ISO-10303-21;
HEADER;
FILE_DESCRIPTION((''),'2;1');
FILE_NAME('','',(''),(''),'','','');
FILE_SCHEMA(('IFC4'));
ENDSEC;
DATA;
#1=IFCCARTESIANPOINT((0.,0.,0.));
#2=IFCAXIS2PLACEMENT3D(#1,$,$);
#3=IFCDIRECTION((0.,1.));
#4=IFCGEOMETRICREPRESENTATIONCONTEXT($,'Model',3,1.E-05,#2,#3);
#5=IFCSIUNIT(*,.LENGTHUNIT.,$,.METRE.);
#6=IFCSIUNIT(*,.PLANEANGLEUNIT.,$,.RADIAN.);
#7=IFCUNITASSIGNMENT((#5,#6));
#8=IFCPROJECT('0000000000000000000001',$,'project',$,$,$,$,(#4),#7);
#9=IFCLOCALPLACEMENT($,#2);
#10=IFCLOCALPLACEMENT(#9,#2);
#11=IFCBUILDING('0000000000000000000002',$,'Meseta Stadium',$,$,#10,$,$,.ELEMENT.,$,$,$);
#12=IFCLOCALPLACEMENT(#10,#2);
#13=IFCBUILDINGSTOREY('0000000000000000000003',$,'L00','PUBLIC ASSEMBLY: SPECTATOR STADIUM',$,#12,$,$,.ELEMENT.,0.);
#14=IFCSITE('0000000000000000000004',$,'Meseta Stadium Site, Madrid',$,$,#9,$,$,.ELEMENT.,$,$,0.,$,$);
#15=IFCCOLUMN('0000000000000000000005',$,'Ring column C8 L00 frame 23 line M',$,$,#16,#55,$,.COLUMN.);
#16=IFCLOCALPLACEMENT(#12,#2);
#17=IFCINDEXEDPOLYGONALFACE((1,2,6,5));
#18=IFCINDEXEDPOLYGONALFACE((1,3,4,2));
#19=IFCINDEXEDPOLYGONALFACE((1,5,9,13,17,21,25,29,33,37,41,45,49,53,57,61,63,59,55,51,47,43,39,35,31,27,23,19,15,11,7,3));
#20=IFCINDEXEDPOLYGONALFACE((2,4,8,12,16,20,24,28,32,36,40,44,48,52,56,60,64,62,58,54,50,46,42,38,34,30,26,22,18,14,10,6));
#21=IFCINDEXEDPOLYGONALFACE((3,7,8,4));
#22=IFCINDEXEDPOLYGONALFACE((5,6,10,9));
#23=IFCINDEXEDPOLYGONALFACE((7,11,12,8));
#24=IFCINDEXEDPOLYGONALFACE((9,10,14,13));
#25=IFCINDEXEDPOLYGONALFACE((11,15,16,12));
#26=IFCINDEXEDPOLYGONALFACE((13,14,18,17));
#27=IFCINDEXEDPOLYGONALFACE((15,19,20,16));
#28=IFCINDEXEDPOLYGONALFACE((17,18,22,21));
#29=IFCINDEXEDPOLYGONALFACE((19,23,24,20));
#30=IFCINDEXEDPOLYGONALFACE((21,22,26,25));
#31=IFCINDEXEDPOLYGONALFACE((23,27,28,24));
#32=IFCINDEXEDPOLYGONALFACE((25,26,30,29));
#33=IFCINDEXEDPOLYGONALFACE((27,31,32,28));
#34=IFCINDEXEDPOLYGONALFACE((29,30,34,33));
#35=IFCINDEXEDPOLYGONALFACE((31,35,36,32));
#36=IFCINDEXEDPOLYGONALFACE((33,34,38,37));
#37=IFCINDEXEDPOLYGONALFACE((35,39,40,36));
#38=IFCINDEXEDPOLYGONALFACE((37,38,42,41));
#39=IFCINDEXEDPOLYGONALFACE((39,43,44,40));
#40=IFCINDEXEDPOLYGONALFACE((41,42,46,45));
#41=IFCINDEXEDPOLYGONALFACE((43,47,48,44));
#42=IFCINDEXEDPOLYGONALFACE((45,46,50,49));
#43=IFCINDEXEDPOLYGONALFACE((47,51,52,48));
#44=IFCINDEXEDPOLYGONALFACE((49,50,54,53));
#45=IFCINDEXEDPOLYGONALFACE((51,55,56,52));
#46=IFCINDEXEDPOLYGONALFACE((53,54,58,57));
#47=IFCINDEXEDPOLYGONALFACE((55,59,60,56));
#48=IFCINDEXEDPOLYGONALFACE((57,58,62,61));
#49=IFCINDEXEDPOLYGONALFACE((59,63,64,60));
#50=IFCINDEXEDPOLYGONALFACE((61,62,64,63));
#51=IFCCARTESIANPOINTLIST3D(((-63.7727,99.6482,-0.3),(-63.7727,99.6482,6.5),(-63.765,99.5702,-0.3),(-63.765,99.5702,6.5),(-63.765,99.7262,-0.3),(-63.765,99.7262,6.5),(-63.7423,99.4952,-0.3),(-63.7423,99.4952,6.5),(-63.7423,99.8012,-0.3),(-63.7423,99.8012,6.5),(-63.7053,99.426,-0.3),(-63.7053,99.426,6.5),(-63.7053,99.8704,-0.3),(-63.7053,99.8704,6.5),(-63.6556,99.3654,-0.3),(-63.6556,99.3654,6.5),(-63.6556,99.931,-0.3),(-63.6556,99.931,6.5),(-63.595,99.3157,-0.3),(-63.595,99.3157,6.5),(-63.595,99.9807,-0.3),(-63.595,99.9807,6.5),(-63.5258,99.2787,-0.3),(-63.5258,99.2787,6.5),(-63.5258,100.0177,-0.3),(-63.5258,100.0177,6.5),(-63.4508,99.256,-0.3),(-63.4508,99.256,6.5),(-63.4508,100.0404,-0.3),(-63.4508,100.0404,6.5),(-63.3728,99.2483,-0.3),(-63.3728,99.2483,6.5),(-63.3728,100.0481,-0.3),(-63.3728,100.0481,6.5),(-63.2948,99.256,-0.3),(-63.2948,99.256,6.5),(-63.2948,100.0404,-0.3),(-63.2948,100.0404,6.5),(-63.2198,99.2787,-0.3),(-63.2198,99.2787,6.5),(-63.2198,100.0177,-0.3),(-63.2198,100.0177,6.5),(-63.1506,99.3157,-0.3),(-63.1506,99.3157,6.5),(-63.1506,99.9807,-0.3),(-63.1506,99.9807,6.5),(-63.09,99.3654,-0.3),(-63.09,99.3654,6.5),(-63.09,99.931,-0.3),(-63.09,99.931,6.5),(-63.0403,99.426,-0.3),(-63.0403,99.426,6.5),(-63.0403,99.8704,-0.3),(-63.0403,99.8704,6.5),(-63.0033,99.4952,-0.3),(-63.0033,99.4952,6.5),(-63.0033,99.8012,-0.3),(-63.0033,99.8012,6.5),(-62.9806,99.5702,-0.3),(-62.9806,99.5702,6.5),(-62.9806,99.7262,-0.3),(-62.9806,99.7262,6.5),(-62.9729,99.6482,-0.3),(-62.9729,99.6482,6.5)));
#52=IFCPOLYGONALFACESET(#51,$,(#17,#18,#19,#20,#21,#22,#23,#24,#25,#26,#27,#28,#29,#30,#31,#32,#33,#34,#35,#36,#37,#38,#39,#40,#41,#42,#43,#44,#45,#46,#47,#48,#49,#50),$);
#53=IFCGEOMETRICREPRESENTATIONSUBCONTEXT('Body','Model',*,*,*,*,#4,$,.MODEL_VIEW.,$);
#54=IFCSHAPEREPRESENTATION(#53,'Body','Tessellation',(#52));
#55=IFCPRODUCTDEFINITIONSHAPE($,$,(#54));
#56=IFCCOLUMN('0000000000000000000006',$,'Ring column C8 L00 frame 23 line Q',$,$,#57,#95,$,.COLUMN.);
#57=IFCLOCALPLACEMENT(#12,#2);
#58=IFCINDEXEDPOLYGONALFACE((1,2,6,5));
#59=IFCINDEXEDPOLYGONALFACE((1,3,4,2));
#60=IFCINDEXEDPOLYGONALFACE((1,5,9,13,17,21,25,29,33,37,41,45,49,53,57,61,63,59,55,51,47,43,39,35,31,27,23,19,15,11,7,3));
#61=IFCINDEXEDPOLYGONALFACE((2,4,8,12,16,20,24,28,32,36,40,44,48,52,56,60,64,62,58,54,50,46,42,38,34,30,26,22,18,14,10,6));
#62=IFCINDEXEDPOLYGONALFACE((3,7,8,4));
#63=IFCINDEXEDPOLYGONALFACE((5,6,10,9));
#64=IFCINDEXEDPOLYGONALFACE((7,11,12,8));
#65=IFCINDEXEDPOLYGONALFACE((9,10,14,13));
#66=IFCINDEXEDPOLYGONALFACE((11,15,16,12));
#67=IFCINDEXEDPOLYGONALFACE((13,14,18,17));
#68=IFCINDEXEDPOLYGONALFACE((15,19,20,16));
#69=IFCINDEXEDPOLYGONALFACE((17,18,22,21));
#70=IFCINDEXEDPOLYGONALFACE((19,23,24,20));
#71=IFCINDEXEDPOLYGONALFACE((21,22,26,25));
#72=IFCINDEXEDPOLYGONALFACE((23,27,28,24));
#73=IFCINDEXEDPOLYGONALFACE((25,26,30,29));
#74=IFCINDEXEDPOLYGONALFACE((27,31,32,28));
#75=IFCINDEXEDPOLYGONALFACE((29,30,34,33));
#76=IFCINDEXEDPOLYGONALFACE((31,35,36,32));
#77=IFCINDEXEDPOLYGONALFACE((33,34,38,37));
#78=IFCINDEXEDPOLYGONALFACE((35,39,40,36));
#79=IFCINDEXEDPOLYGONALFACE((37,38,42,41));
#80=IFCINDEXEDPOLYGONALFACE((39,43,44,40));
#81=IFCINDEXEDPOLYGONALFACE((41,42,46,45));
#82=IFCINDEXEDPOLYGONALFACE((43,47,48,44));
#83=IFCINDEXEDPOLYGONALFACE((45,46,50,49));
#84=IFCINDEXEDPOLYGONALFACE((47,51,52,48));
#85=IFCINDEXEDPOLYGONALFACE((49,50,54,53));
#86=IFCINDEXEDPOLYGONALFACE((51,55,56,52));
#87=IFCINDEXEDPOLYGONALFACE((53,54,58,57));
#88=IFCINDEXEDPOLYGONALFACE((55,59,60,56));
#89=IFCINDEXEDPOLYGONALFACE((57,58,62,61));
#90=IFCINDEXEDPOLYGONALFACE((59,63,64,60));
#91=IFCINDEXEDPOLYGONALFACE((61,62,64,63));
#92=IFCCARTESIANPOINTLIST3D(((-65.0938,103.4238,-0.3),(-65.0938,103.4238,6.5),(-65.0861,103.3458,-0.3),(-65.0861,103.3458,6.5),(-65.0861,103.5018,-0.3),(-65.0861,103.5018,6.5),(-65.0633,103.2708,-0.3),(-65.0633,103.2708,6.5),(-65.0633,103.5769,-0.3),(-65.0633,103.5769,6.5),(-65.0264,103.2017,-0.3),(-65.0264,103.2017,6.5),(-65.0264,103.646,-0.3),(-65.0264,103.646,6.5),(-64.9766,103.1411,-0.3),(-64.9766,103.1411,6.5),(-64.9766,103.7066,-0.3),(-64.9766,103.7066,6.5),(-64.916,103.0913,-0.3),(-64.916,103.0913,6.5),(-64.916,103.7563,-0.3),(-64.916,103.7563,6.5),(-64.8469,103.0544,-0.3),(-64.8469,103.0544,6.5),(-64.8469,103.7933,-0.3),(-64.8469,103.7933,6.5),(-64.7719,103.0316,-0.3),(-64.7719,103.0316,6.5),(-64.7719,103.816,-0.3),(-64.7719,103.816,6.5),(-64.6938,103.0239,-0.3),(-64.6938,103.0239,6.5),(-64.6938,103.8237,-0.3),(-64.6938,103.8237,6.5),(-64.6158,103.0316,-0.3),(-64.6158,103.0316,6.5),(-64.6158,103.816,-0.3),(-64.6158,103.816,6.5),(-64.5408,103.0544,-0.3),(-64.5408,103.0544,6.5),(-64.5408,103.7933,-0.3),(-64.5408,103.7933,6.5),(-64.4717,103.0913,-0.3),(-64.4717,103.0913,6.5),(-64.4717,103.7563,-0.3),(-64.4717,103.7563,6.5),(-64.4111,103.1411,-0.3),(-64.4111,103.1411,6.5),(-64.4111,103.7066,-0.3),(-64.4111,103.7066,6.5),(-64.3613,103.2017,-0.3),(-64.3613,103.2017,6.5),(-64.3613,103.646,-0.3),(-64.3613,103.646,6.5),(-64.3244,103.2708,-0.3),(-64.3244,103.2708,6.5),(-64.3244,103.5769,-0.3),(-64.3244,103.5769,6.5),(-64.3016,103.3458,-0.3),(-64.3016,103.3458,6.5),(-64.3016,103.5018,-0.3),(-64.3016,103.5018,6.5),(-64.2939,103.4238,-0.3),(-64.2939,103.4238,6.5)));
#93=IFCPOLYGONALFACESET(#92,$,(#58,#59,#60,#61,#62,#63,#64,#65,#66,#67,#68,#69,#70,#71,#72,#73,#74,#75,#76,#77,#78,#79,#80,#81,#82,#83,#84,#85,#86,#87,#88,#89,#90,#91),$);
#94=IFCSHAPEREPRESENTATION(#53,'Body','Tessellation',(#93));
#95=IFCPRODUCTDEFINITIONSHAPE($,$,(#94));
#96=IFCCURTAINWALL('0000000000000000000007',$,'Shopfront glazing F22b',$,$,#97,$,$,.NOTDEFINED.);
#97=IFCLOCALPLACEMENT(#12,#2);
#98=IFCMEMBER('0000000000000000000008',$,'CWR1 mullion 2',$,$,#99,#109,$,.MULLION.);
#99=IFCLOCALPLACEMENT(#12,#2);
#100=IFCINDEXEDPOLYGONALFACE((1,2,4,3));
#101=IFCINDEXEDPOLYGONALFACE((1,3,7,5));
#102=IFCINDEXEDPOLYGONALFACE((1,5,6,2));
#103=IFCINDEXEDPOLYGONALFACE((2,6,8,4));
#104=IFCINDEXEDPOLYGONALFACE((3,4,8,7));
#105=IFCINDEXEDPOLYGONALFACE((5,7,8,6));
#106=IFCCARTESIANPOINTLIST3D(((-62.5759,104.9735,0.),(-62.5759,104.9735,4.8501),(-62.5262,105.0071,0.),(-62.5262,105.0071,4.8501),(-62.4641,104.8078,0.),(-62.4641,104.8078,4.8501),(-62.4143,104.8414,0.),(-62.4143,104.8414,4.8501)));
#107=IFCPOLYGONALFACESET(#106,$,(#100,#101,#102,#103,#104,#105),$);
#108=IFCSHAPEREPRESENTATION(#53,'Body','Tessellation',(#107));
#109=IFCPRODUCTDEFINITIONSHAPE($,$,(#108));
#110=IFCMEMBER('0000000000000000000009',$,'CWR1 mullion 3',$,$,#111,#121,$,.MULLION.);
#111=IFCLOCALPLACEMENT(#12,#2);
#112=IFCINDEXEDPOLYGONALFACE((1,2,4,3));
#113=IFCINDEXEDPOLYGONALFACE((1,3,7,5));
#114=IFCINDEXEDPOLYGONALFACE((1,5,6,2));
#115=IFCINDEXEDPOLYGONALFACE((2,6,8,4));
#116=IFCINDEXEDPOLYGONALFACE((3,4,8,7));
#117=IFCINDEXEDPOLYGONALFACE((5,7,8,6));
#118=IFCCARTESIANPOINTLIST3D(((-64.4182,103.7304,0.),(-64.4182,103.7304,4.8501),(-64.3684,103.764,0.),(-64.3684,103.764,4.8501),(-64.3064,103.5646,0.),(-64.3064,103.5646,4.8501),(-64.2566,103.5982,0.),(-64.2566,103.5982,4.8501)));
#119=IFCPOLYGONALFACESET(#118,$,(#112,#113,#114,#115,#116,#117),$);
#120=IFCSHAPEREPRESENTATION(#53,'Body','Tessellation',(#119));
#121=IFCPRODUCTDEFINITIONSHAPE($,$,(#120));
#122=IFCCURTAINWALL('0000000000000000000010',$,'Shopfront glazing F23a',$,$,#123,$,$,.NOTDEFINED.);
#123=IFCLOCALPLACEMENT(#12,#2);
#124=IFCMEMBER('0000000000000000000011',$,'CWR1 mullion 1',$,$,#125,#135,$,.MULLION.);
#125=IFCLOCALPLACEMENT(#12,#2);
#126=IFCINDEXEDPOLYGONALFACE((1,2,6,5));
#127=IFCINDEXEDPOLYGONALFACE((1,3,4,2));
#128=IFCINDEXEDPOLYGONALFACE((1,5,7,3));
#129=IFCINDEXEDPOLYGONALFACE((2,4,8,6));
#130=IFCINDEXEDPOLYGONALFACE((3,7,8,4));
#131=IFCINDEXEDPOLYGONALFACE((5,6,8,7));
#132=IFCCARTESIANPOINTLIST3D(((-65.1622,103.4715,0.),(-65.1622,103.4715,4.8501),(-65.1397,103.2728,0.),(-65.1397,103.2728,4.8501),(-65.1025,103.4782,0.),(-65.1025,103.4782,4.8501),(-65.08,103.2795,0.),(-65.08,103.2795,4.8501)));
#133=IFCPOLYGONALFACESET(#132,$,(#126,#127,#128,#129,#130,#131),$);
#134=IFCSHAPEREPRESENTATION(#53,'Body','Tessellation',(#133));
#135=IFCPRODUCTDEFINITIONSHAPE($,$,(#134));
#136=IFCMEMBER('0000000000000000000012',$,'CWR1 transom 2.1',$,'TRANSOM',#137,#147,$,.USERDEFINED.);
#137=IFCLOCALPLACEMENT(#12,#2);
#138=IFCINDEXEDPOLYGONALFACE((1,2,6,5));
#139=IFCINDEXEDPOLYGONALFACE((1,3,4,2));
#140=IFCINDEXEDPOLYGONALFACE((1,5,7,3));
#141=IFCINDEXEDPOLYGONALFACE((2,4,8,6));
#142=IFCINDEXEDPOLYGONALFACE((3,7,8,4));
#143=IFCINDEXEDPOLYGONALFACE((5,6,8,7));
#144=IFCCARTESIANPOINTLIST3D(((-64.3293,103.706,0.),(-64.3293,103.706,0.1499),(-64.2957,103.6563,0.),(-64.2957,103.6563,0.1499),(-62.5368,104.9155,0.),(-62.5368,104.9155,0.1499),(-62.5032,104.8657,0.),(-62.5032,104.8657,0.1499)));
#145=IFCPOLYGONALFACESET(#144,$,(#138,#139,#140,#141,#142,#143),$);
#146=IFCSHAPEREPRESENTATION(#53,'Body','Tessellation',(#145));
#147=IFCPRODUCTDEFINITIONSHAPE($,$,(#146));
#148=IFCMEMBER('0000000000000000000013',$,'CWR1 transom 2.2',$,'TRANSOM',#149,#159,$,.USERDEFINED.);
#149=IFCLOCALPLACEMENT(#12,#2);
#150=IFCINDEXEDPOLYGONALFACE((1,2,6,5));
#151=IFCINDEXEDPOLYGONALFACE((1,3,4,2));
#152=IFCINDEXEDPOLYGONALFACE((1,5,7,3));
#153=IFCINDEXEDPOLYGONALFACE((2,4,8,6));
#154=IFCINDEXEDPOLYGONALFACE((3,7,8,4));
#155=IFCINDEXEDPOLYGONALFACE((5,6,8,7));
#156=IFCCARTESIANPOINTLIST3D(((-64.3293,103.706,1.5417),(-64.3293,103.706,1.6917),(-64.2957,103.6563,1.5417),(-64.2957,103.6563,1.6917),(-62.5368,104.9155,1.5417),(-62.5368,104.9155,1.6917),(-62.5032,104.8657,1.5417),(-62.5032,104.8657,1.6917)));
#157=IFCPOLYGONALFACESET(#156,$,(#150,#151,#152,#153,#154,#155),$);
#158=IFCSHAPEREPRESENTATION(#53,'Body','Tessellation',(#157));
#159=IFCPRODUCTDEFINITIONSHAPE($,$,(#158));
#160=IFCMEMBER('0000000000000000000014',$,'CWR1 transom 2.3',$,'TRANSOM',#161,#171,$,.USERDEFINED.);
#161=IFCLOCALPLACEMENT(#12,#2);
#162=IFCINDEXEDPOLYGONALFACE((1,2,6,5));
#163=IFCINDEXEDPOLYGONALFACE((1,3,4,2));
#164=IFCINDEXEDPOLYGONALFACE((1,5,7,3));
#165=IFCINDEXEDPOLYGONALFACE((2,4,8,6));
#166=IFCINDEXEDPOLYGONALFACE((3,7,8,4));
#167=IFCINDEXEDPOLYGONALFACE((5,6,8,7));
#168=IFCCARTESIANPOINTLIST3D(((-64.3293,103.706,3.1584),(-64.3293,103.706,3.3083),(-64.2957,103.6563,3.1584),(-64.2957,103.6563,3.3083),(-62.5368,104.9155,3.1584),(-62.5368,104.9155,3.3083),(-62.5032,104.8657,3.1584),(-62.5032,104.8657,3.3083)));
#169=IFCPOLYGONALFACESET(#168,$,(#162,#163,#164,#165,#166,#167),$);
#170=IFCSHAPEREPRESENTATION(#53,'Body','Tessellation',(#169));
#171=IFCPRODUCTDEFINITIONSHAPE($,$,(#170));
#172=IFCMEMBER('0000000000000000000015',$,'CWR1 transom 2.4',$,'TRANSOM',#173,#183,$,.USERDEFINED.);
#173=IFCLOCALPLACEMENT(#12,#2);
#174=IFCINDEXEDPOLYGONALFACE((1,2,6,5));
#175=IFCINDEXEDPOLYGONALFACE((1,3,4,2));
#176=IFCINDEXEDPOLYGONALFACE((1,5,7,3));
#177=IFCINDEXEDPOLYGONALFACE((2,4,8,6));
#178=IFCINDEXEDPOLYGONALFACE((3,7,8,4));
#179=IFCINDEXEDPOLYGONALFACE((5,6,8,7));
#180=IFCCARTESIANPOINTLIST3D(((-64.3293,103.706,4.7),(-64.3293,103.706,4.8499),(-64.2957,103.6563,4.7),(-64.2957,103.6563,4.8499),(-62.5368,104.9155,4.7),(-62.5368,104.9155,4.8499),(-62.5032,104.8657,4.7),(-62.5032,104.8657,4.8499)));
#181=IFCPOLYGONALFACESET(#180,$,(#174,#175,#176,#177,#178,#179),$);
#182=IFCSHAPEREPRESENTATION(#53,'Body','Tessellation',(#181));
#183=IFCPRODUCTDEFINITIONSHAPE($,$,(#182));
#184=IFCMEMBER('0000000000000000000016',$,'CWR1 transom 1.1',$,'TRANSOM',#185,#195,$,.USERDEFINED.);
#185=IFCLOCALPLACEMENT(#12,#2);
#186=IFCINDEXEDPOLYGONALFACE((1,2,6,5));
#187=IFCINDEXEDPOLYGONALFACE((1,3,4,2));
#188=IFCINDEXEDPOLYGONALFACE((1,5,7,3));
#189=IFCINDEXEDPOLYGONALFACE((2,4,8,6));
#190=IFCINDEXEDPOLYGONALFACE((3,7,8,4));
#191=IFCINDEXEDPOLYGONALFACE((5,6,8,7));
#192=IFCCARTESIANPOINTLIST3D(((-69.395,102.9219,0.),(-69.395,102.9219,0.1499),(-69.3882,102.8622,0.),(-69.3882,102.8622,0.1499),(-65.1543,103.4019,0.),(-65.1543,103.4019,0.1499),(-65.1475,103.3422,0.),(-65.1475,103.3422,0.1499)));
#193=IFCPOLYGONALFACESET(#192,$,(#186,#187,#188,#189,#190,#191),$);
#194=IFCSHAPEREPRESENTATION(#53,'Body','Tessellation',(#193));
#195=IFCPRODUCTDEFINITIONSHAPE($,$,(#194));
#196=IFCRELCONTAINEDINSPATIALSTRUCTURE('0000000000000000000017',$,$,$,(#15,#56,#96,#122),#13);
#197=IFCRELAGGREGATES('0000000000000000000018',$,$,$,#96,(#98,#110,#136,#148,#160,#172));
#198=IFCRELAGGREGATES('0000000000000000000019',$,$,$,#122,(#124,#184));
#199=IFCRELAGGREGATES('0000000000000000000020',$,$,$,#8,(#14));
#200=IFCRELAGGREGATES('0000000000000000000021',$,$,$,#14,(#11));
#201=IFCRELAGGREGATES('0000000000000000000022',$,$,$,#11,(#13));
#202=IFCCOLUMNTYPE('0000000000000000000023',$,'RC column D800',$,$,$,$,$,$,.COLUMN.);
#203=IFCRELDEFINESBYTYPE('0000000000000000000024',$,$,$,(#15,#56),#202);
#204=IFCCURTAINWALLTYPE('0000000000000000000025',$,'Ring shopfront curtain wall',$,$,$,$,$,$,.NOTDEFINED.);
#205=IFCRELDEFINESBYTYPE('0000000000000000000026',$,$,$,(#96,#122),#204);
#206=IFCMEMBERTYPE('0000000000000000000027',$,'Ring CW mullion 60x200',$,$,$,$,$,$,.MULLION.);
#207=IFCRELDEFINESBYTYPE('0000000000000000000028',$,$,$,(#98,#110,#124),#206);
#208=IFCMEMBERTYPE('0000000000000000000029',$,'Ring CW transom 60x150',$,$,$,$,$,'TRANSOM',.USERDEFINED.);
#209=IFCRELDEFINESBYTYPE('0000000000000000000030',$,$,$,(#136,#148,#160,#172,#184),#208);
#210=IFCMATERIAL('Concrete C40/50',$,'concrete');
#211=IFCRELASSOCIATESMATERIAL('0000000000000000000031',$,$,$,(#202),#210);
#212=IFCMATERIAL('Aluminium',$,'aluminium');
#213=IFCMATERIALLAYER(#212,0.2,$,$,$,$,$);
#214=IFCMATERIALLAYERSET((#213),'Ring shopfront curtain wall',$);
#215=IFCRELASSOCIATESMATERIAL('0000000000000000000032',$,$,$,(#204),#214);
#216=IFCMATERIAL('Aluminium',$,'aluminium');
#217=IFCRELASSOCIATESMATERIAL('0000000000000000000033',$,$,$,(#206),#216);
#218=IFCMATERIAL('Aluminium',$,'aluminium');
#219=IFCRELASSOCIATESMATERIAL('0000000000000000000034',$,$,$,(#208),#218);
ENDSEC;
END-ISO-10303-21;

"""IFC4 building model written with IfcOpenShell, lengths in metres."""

from ifc_helpers import new_model, si_unit, direction, frame, origin, origin_2d, place, context, subcontext, project, spatial, rectangle, circle, extrude, material, layer, layer_set, material_profile, profile_set, type_object, element, aggregate, save


model = new_model("IFC4")

# Units and contexts
model_context = context("Model", 3, precision=1e-05, world=origin(), true_north=direction((0.0, 1.0)))
body_context = subcontext(model_context, "Body", "Model", "MODEL_VIEW")
ifc_project = project(units=[si_unit("LENGTHUNIT", "METRE"), si_unit("PLANEANGLEUNIT", "RADIAN")], contexts=[model_context])

# Site, building, storey
site_placement = place(None, origin())
site = spatial("IfcSite", under=ifc_project, at=site_placement, Name="Meseta Stadium Site, Madrid", CompositionType="ELEMENT", RefElevation=0.0)
building_placement = place(site_placement, origin())
building = spatial("IfcBuilding", under=site, at=building_placement, Name="Meseta Stadium", CompositionType="ELEMENT")
storey_placement = place(building_placement, origin())
storey = spatial("IfcBuildingStorey", under=building, at=storey_placement, Name="L00", Description="PUBLIC ASSEMBLY: SPECTATOR STADIUM", CompositionType="ELEMENT", Elevation=0.0)

# Columns
ifc_material_1 = material(Name="Concrete C40/50", Category="concrete")
ifc_material_profile_1 = material_profile(ifc_material_1, circle(Radius=0.3999, at=origin_2d()), Name="RC D800")
ifc_profile_set_1 = profile_set([ifc_material_profile_1], Name="Concrete C40/50")
column_type = type_object("IfcColumnType", Name="RC column D800", PredefinedType="COLUMN", material=ifc_profile_set_1)
for number, where, z_axis, x_axis, name in (
    (1, (-63.3728, 99.6482, -0.3), (0.0, 0.0, 1.0), (1.0, 0.0, 0.0), "Ring column C8 L00 frame 23 line M"),
    (2, (-64.6938, 103.4238, -0.3), (0.0, 0.0, 1.0), (1.0, 0.0, 0.0), "Ring column C8 L00 frame 23 line Q"),
):
    element("IfcColumn", number, at=place(storey_placement, frame(where, z_axis=z_axis, x_axis=x_axis)), inside=storey, type_object=column_type, Name=name, PredefinedType="COLUMN", context=body_context, shape_type="SweptSolid", body=[
        extrude(circle(Radius=0.3999, at=origin_2d()), origin(), (0.0, 0.0, 1.0), 6.8),
    ])

# Curtain wall, members
ifc_material_2 = material(Name="Aluminium", Category="aluminium")
ifc_layer_1 = layer(ifc_material_2, 0.2)
ifc_layer_set_1 = layer_set([ifc_layer_1], Name="Ring shopfront curtain wall")
curtain_wall_type = type_object("IfcCurtainWallType", Name="Ring shopfront curtain wall", PredefinedType="NOTDEFINED", material=ifc_layer_set_1)
curtain_wall_1_placement = place(storey_placement, origin())
curtain_wall_1 = element("IfcCurtainWall", 3, at=curtain_wall_1_placement, inside=storey, type_object=curtain_wall_type, Name="Shopfront glazing F22b", PredefinedType="NOTDEFINED")
ifc_material_3 = material(Name="Aluminium", Category="aluminium")
ifc_material_profile_2 = material_profile(ifc_material_3, rectangle(XDim=0.2, YDim=0.0601, at=origin_2d()), Name="CW 200x60")
ifc_profile_set_2 = profile_set([ifc_material_profile_2], Name="Aluminium")
member_type_1 = type_object("IfcMemberType", Name="Ring CW mullion 60x200", PredefinedType="MULLION", material=ifc_profile_set_2)
member_1_placement = place(storey_placement, frame((-62.4951, 104.9075, 0.0), z_axis=(0.0, 0.0, 1.0), x_axis=(0.559384, -0.828909, 0.0)))
member_1 = element("IfcMember", 4, at=member_1_placement, type_object=member_type_1, Name="CWR1 mullion 2", PredefinedType="MULLION", context=body_context, shape_type="SweptSolid", body=[
    extrude(rectangle(XDim=0.2, YDim=0.0601, at=origin_2d()), origin(), (0.0, 0.0, 1.0), 4.8501),
])
member_2_placement = place(storey_placement, frame((-64.3374, 103.6643, 0.0), z_axis=(0.0, 0.0, 1.0), x_axis=(0.559384, -0.828909, 0.0)))
member_2 = element("IfcMember", 5, at=member_2_placement, type_object=member_type_1, Name="CWR1 mullion 3", PredefinedType="MULLION", context=body_context, shape_type="SweptSolid", body=[
    extrude(rectangle(XDim=0.2, YDim=0.0601, at=origin_2d()), origin(), (0.0, 0.0, 1.0), 4.8501),
])

# Curtain wall, member
curtain_wall_2_placement = place(storey_placement, origin())
curtain_wall_2 = element("IfcCurtainWall", 6, at=curtain_wall_2_placement, inside=storey, type_object=curtain_wall_type, Name="Shopfront glazing F23a", PredefinedType="NOTDEFINED")
member_3_placement = place(storey_placement, frame((-65.1211, 103.3755, 0.0), z_axis=(0.0, 0.0, 1.0), x_axis=(0.112472, -0.993655, 0.0)))
member_3 = element("IfcMember", 7, at=member_3_placement, type_object=member_type_1, Name="CWR1 mullion 1", PredefinedType="MULLION", context=body_context, shape_type="SweptSolid", body=[
    extrude(rectangle(XDim=0.2, YDim=0.0601, at=origin_2d()), origin(), (0.0, 0.0, 1.0), 4.8501),
])

# Members
ifc_material_4 = material(Name="Aluminium", Category="aluminium")
ifc_material_profile_3 = material_profile(ifc_material_4, rectangle(XDim=0.0601, YDim=0.1499, at=origin_2d()), Name="CW 60x150")
ifc_profile_set_3 = profile_set([ifc_material_profile_3], Name="Aluminium")
member_type_2 = type_object("IfcMemberType", Name="Ring CW transom 60x150", ElementType="TRANSOM", PredefinedType="USERDEFINED", material=ifc_profile_set_3)
member_4_placement = place(storey_placement, frame((-62.52, 104.8906, 0.075), z_axis=(-0.828946, -0.559329, 0.0), x_axis=(0.559329, -0.828946, 0.0)))
member_4 = element("IfcMember", 8, at=member_4_placement, type_object=member_type_2, Name="CWR1 transom 2.1", ObjectType="TRANSOM", PredefinedType="USERDEFINED", context=body_context, shape_type="SweptSolid", body=[
    extrude(rectangle(XDim=0.0601, YDim=0.1499, at=origin_2d()), origin(), (0.0, 0.0, 1.0), 2.1624),
])
member_5_placement = place(storey_placement, frame((-62.52, 104.8906, 1.6167), z_axis=(-0.828946, -0.559329, 0.0), x_axis=(0.559329, -0.828946, 0.0)))
member_5 = element("IfcMember", 9, at=member_5_placement, type_object=member_type_2, Name="CWR1 transom 2.2", ObjectType="TRANSOM", PredefinedType="USERDEFINED", context=body_context, shape_type="SweptSolid", body=[
    extrude(rectangle(XDim=0.0601, YDim=0.1499, at=origin_2d()), origin(), (0.0, 0.0, 1.0), 2.1624),
])
member_6_placement = place(storey_placement, frame((-62.52, 104.8906, 3.2334), z_axis=(-0.828946, -0.559329, 0.0), x_axis=(0.559329, -0.828946, 0.0)))
member_6 = element("IfcMember", 10, at=member_6_placement, type_object=member_type_2, Name="CWR1 transom 2.3", ObjectType="TRANSOM", PredefinedType="USERDEFINED", context=body_context, shape_type="SweptSolid", body=[
    extrude(rectangle(XDim=0.0601, YDim=0.1499, at=origin_2d()), origin(), (0.0, 0.0, 1.0), 2.1624),
])
member_7_placement = place(storey_placement, frame((-62.52, 104.8906, 4.7749), z_axis=(-0.828946, -0.559329, 0.0), x_axis=(0.559329, -0.828946, 0.0)))
member_7 = element("IfcMember", 11, at=member_7_placement, type_object=member_type_2, Name="CWR1 transom 2.4", ObjectType="TRANSOM", PredefinedType="USERDEFINED", context=body_context, shape_type="SweptSolid", body=[
    extrude(rectangle(XDim=0.0601, YDim=0.1499, at=origin_2d()), origin(), (0.0, 0.0, 1.0), 2.1624),
])
member_8_placement = place(storey_placement, frame((-65.1509, 103.3721, 0.075), z_axis=(-0.993656, -0.112466, 0.0), x_axis=(0.112466, -0.993656, 0.0)))
member_8 = element("IfcMember", 12, at=member_8_placement, type_object=member_type_2, Name="CWR1 transom 1.1", ObjectType="TRANSOM", PredefinedType="USERDEFINED", context=body_context, shape_type="SweptSolid", body=[
    extrude(rectangle(XDim=0.0601, YDim=0.1499, at=origin_2d()), origin(), (0.0, 0.0, 1.0), 4.2678),
])

aggregate(curtain_wall_1, [member_1, member_2, member_4, member_5, member_6, member_7])
aggregate(curtain_wall_2, [member_3, member_8])

save(model, "model.ifc")
